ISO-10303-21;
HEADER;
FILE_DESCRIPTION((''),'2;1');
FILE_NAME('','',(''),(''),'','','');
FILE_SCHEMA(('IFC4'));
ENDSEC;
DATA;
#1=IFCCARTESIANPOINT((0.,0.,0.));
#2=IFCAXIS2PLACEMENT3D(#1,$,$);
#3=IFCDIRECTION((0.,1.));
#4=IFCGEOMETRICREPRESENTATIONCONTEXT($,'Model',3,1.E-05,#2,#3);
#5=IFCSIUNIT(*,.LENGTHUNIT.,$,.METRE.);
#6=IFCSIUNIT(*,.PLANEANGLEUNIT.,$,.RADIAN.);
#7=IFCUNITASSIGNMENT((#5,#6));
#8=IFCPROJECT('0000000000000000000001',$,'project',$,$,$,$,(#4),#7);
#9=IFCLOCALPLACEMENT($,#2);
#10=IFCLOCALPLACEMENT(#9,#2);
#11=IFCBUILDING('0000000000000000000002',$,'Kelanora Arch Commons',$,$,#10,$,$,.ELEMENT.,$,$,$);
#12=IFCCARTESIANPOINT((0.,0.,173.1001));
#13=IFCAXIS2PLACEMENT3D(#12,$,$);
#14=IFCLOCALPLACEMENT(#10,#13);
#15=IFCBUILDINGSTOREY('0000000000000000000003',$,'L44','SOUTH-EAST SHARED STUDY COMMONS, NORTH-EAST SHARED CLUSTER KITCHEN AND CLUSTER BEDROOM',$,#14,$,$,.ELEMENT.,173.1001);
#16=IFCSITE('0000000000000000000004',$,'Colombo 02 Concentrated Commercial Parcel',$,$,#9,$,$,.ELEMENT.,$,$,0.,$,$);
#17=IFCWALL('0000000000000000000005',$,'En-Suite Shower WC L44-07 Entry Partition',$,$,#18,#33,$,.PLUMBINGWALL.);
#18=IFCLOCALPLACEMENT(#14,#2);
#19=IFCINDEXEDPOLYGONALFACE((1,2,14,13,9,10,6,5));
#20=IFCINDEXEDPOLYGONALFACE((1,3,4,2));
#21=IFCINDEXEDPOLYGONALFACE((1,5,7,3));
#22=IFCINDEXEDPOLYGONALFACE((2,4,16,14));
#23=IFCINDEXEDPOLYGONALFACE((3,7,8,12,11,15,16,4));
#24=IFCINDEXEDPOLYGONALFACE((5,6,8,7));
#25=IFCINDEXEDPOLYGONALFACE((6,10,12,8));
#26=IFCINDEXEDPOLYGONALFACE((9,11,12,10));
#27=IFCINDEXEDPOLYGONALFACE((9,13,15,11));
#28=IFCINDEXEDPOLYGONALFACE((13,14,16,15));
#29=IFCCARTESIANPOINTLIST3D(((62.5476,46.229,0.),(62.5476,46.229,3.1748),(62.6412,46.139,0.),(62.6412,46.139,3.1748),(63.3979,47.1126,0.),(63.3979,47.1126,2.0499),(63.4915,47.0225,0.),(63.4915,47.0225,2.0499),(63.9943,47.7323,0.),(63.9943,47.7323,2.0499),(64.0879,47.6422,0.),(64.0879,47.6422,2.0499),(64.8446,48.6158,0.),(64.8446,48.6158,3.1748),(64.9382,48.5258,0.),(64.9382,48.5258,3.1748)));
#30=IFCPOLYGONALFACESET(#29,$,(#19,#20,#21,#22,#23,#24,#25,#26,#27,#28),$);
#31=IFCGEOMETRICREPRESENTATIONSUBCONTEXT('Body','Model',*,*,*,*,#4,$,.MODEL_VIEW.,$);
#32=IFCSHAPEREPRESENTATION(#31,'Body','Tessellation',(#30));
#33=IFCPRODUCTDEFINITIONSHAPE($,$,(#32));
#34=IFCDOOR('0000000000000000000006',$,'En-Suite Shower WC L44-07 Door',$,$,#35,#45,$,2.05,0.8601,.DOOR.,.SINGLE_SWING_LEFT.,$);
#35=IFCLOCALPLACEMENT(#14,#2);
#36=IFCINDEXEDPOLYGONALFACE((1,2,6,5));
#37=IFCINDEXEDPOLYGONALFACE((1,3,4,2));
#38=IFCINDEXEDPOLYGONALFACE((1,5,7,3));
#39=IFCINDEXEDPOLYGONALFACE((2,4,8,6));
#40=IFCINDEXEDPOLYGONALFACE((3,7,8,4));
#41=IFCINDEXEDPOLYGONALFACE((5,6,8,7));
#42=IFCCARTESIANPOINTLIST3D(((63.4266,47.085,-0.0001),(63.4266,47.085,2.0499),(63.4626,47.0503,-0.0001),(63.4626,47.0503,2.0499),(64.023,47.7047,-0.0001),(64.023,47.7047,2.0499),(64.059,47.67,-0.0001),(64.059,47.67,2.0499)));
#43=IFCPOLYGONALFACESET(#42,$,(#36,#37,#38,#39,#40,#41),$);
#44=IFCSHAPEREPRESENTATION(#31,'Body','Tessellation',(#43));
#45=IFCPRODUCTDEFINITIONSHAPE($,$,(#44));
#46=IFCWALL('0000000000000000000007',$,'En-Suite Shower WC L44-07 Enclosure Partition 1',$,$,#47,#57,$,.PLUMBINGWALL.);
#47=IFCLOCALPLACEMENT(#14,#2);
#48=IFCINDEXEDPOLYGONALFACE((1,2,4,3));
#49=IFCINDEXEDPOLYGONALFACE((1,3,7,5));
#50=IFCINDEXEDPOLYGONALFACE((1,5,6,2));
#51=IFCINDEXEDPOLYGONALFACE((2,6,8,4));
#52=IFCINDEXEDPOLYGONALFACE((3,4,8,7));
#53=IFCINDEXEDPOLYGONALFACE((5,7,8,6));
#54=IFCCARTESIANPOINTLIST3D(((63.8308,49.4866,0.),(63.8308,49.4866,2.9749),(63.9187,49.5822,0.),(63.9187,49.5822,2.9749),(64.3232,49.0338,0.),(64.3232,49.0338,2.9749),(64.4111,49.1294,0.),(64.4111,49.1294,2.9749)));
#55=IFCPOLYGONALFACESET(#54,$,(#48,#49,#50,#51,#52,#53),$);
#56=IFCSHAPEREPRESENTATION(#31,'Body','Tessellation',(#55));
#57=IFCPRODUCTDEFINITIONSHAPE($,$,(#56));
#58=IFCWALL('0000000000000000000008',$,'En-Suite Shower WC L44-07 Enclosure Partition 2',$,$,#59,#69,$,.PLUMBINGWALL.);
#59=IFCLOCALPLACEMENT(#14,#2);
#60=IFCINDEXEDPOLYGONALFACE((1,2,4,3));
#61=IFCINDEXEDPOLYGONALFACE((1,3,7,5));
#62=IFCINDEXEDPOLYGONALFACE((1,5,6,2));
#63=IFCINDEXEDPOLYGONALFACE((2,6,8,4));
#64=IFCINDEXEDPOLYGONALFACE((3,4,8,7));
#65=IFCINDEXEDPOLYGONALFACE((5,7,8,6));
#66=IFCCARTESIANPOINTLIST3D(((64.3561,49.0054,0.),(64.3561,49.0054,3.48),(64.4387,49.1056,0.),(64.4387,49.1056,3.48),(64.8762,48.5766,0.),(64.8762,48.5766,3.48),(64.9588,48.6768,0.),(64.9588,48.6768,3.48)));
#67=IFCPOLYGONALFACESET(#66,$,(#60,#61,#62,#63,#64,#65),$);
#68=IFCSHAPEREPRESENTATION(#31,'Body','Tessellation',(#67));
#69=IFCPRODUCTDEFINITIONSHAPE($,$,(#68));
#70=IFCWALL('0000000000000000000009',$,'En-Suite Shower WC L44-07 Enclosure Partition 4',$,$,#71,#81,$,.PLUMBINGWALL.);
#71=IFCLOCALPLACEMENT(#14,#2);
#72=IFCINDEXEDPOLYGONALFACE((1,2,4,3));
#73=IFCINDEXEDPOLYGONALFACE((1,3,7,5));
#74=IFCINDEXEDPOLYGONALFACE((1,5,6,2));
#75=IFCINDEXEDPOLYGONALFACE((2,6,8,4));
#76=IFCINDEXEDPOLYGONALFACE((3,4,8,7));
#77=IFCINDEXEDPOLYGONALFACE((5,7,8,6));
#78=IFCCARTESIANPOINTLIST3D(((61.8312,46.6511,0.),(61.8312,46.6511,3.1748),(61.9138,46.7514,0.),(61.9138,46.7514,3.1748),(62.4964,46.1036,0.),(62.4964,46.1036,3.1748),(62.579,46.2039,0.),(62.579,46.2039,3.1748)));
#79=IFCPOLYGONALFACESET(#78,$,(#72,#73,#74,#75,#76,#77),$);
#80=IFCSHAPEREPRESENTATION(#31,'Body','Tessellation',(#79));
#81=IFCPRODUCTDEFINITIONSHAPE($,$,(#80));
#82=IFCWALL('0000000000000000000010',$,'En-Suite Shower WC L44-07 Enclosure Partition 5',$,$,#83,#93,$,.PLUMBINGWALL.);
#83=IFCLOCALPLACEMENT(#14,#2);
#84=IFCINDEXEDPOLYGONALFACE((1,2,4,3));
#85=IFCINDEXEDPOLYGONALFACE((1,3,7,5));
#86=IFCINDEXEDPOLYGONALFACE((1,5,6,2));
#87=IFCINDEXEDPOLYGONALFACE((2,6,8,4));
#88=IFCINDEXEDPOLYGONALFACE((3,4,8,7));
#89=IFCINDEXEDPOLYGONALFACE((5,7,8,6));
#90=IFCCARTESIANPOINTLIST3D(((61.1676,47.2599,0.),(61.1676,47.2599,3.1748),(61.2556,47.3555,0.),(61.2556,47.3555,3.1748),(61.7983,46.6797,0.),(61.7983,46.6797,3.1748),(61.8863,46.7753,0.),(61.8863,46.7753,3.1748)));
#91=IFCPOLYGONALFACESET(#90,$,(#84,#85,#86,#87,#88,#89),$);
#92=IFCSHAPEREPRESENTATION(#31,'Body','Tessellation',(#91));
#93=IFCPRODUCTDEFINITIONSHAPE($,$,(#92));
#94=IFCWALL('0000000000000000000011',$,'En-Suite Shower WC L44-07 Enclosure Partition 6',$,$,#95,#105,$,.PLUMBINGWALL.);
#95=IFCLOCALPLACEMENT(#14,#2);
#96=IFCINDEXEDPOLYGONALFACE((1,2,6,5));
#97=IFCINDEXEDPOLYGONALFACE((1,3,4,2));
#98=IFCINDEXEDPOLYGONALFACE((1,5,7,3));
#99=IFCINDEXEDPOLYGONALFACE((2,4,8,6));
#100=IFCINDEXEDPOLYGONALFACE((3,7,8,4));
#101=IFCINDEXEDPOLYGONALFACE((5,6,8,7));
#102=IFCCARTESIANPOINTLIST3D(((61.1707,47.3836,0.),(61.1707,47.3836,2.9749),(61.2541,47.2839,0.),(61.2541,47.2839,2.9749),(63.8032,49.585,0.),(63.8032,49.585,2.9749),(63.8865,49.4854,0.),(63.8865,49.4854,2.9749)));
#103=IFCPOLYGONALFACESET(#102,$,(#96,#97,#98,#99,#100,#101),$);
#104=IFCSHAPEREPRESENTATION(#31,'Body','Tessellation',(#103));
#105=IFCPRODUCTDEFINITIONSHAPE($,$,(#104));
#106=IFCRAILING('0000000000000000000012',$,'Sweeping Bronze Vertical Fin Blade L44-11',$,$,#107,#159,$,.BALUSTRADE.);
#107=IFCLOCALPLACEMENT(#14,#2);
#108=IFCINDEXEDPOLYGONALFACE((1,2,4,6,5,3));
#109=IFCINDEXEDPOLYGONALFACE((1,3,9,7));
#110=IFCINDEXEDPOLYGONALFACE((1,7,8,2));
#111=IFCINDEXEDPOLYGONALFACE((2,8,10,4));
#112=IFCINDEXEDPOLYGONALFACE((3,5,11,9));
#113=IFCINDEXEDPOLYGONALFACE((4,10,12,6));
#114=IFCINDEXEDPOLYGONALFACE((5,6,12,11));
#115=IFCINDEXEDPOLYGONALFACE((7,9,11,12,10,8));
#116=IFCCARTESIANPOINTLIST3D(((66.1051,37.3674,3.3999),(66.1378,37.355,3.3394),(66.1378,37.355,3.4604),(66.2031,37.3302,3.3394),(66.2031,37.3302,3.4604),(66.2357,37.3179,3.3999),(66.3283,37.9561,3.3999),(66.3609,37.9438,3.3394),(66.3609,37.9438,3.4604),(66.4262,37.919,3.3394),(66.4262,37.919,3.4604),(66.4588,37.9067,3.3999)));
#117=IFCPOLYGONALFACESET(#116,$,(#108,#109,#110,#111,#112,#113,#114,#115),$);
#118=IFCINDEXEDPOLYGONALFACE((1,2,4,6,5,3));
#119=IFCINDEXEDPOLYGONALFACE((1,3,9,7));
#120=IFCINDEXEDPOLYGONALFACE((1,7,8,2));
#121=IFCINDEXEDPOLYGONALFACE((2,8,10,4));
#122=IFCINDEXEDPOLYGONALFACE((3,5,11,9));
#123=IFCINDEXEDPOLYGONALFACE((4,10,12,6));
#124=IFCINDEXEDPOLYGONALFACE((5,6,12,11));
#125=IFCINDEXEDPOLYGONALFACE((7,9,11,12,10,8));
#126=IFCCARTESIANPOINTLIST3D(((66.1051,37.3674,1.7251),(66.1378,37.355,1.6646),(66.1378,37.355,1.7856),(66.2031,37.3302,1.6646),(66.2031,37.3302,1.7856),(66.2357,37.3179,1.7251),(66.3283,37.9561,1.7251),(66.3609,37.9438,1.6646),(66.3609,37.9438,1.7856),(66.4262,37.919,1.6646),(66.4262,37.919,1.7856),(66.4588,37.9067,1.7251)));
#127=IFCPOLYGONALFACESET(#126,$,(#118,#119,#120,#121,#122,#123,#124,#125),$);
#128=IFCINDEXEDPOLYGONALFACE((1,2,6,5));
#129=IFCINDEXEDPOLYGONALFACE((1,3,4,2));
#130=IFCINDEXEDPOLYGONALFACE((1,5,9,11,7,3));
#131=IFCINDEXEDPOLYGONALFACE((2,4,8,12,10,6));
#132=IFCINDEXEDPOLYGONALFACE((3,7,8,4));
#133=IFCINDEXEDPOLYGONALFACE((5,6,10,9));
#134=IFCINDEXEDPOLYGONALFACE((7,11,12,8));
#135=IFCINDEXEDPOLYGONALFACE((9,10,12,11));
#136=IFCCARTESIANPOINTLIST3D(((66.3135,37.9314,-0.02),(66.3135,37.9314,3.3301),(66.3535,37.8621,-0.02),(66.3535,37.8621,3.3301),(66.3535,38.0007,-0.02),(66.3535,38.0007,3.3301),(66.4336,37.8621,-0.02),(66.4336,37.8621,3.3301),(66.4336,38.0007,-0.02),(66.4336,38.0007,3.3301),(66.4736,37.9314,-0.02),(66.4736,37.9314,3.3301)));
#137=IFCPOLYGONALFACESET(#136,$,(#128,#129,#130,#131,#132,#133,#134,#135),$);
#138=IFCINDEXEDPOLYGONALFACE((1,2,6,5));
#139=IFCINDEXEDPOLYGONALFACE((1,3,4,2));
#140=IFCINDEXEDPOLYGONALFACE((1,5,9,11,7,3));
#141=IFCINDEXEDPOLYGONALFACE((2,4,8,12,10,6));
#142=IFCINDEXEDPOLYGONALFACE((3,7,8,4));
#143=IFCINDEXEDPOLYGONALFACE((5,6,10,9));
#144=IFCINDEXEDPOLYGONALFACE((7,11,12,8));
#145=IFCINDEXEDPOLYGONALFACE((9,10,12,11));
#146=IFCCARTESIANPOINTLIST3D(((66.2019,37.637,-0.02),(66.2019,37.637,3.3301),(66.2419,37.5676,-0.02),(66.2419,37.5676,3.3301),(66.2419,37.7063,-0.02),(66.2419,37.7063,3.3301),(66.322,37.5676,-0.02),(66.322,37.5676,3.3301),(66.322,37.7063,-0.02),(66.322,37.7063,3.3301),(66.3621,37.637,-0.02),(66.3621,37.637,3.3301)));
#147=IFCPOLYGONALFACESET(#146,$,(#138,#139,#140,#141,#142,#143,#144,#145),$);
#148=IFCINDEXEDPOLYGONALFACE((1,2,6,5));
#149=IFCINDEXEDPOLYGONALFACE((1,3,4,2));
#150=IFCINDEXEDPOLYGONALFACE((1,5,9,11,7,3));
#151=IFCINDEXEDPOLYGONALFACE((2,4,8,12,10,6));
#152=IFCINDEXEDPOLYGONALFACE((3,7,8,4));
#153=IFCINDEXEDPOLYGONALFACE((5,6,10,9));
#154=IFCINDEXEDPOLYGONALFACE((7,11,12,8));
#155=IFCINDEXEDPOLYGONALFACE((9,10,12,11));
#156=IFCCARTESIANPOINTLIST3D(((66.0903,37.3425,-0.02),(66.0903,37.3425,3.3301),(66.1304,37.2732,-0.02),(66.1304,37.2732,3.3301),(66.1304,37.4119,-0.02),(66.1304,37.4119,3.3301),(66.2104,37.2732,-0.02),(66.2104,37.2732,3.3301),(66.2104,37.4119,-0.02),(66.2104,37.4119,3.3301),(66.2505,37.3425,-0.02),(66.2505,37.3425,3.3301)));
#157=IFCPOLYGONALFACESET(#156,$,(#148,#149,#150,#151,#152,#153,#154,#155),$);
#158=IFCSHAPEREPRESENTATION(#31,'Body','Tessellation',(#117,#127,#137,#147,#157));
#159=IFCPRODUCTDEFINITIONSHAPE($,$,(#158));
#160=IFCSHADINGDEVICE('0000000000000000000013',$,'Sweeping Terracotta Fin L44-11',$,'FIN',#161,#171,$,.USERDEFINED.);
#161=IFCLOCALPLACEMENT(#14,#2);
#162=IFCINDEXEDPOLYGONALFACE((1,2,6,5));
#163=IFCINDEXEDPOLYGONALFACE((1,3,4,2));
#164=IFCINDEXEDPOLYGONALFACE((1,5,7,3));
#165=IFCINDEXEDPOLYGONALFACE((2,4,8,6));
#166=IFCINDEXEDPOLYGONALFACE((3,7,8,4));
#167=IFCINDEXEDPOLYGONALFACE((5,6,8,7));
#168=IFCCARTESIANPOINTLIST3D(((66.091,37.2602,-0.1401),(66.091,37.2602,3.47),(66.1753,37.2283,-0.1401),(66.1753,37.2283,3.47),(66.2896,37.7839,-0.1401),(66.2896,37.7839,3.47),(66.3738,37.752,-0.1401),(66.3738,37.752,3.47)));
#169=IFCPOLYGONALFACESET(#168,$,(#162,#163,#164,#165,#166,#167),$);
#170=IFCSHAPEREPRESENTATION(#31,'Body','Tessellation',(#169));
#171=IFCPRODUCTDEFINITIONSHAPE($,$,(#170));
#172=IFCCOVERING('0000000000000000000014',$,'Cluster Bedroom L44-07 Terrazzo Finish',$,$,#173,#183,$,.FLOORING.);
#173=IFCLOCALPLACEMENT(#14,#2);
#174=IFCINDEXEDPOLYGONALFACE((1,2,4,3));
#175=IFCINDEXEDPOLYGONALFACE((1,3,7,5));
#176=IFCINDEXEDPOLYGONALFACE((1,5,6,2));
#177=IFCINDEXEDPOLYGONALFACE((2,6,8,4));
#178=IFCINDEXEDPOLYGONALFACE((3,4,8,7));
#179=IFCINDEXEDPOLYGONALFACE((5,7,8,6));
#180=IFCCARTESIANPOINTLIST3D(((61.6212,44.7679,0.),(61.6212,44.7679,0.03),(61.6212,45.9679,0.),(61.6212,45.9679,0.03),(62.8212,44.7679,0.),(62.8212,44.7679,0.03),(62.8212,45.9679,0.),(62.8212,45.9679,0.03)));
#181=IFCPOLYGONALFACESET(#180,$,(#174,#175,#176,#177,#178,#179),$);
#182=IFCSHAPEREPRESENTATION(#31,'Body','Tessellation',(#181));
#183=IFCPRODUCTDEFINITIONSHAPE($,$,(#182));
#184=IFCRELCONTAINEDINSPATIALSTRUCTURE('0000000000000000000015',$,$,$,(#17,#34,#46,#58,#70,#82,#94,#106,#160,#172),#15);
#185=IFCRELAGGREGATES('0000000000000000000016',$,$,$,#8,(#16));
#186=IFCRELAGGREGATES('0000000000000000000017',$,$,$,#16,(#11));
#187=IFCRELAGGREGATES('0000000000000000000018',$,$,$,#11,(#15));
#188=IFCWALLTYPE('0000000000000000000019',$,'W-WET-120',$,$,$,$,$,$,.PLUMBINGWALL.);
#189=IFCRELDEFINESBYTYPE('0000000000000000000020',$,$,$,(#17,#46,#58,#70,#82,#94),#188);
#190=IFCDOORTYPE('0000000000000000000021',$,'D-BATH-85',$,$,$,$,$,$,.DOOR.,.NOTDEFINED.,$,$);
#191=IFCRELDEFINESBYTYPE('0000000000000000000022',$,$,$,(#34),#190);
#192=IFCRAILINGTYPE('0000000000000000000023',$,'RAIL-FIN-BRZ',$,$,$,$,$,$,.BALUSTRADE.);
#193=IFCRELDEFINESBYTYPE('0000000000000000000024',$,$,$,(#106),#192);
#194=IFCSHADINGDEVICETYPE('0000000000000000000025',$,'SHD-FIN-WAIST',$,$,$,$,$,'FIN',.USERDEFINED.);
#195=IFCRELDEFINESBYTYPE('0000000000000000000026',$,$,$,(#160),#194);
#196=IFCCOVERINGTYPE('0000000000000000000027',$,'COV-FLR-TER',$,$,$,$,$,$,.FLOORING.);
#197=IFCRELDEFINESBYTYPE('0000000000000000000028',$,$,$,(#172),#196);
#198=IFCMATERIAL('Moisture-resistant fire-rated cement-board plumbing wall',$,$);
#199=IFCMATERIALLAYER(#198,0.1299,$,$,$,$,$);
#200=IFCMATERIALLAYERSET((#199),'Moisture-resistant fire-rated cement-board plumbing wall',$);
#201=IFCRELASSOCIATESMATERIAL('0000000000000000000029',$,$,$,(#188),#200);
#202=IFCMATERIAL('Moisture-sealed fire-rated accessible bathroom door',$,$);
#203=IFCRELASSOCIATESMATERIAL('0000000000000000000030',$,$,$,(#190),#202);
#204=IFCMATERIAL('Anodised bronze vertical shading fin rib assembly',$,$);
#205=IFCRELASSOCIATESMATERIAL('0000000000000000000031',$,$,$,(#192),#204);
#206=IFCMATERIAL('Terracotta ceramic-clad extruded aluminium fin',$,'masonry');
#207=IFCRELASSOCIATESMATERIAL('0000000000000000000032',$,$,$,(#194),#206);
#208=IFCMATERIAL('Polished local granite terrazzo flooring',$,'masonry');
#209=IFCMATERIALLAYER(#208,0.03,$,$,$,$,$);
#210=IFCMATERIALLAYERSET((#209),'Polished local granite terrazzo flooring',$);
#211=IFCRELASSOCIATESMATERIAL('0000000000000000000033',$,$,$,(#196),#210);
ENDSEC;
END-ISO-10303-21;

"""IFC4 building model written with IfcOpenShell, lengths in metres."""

from ifc_helpers import new_model, si_unit, direction, frame, frame_2d, origin, origin_2d, place, context, subcontext, project, spatial, polyline, rectangle, outline, extrude, source, transform, mapped, material, layer, layer_set, type_object, element, fill, save


model = new_model("IFC4")

# Units and contexts
model_context = context("Model", 3, precision=1e-05, world=origin(), true_north=direction((0.0, 1.0)))
body_context = subcontext(model_context, "Body", "Model", "MODEL_VIEW")
ifc_project = project(units=[si_unit("LENGTHUNIT", "METRE"), si_unit("PLANEANGLEUNIT", "RADIAN")], contexts=[model_context])

# Site, building, storey
site_placement = place(None, origin())
site = spatial("IfcSite", under=ifc_project, at=site_placement, Name="Colombo 02 Concentrated Commercial Parcel", CompositionType="ELEMENT", RefElevation=0.0)
building_placement = place(site_placement, origin())
building = spatial("IfcBuilding", under=site, at=building_placement, Name="Kelanora Arch Commons", CompositionType="ELEMENT")
storey_placement = place(building_placement, frame((0.0, 0.0, 173.1001)))
storey = spatial("IfcBuildingStorey", under=building, at=storey_placement, Name="L44", Description="SOUTH-EAST SHARED STUDY COMMONS, NORTH-EAST SHARED CLUSTER KITCHEN AND CLUSTER BEDROOM", CompositionType="ELEMENT", Elevation=173.1001)

# Wall, opening, door
ifc_material_1 = material(Name="Moisture-resistant fire-rated cement-board plumbing wall")
ifc_layer_1 = layer(ifc_material_1, 0.1299)
ifc_layer_set_1 = layer_set([ifc_layer_1], Name="Moisture-resistant fire-rated cement-board plumbing wall")
wall_type_1 = type_object("IfcWallType", Name="W-WET-120", PredefinedType="PLUMBINGWALL", material=ifc_layer_set_1)
wall_1_placement = place(storey_placement, frame((64.8914, 48.5708, 0.0), z_axis=(0.0, 0.0, 1.0), x_axis=(-0.693415, -0.720538, 0.0)))
wall_1 = element("IfcWall", 1, at=wall_1_placement, inside=storey, type_object=wall_type_1, Name="En-Suite Shower WC L44-07 Entry Partition", PredefinedType="PLUMBINGWALL", context=body_context, shape_type="SweptSolid", body=[
    extrude(rectangle(XDim=3.3125, YDim=0.1299, at=frame_2d((1.6562, 0.0))), origin(), (0.0, 0.0, 1.0), 3.1748),
])
opening_1_placement = place(wall_1_placement, frame((1.2261, 0.0, 0.0)))
opening_1 = element("IfcOpeningElement", 2, at=opening_1_placement, cuts=wall_1, PredefinedType="OPENING", context=body_context, shape_type="SweptSolid", body=[
    extrude(rectangle(XDim=0.8601, YDim=2.05, at=frame_2d((0.4302, 1.0249))), frame((0.0, 0.075, 0.0), z_axis=(0.0, -1.0, 0.0), x_axis=(1.0, 0.0, 0.0)), (0.0, 0.0, 1.0), 0.1499),
])
ifc_material_2 = material(Name="Moisture-sealed fire-rated accessible bathroom door")
door_type_1 = type_object("IfcDoorType", Name="D-BATH-85", OperationType="NOTDEFINED", PredefinedType="DOOR", material=ifc_material_2)
door_1_placement = place(opening_1_placement, origin())
door_1 = element("IfcDoor", 3, at=door_1_placement, inside=storey, type_object=door_type_1, Name="En-Suite Shower WC L44-07 Door", OperationType="SINGLE_SWING_LEFT", OverallHeight=2.05, OverallWidth=0.8601, PredefinedType="DOOR", context=body_context, shape_type="SweptSolid", body=[
    extrude(rectangle(XDim=0.8601, YDim=2.05, at=frame_2d((0.4302, 1.0249))), frame((0.0, 0.0249, 0.0), z_axis=(0.0, -1.0, 0.0), x_axis=(1.0, 0.0, 0.0)), (0.0, 0.0, 1.0), 0.05),
])
fill(opening_1, door_1)

# Walls
wall_2_placement = place(storey_placement, frame((63.8748, 49.5344, 0.0), z_axis=(0.0, 0.0, 1.0), x_axis=(0.736047, -0.67693, 0.0)))
element("IfcWall", 4, at=wall_2_placement, inside=storey, type_object=wall_type_1, Name="En-Suite Shower WC L44-07 Enclosure Partition 1", PredefinedType="PLUMBINGWALL", context=body_context, shape_type="SweptSolid", body=[
    extrude(rectangle(XDim=0.6689, YDim=0.1299, at=frame_2d((0.3345, 0.0))), origin(), (0.0, 0.0, 1.0), 2.9749),
])
wall_3_placement = place(storey_placement, frame((64.3975, 49.0554, 0.0), z_axis=(0.0, 0.0, 1.0), x_axis=(0.771596, -0.636113, 0.0)))
element("IfcWall", 5, at=wall_3_placement, inside=storey, type_object=wall_type_1, Name="En-Suite Shower WC L44-07 Enclosure Partition 2", PredefinedType="PLUMBINGWALL", context=body_context, shape_type="SweptSolid", body=[
    extrude(rectangle(XDim=0.6741, YDim=0.1299, at=frame_2d((0.3369, 0.0))), origin(), (0.0, 0.0, 1.0), 3.48),
])
wall_4_placement = place(storey_placement, frame((62.5376, 46.1538, 0.0), z_axis=(0.0, 0.0, 1.0), x_axis=(-0.772086, 0.635519, 0.0)))
element("IfcWall", 6, at=wall_4_placement, inside=storey, type_object=wall_type_1, Name="En-Suite Shower WC L44-07 Enclosure Partition 4", PredefinedType="PLUMBINGWALL", context=body_context, shape_type="SweptSolid", body=[
    extrude(rectangle(XDim=0.8616, YDim=0.1299, at=frame_2d((0.4307, 0.0))), origin(), (0.0, 0.0, 1.0), 3.1748),
])
wall_5_placement = place(storey_placement, frame((61.8423, 46.7275, 0.0), z_axis=(0.0, 0.0, 1.0), x_axis=(-0.735982, 0.677001, 0.0)))
element("IfcWall", 7, at=wall_5_placement, inside=storey, type_object=wall_type_1, Name="En-Suite Shower WC L44-07 Enclosure Partition 5", PredefinedType="PLUMBINGWALL", context=body_context, shape_type="SweptSolid", body=[
    extrude(rectangle(XDim=0.8569, YDim=0.1299, at=frame_2d((0.4285, 0.0))), origin(), (0.0, 0.0, 1.0), 3.1748),
])
wall_6_placement = place(storey_placement, frame((61.2124, 47.3337, 0.0), z_axis=(0.0, 0.0, 1.0), x_axis=(0.7671, 0.641527, 0.0)))
element("IfcWall", 8, at=wall_6_placement, inside=storey, type_object=wall_type_1, Name="En-Suite Shower WC L44-07 Enclosure Partition 6", PredefinedType="PLUMBINGWALL", context=body_context, shape_type="SweptSolid", body=[
    extrude(rectangle(XDim=3.4316, YDim=0.1299, at=frame_2d((1.7158, 0.0))), origin(), (0.0, 0.0, 1.0), 2.9749),
])

# Railing
ifc_material_3 = material(Name="Anodised bronze vertical shading fin rib assembly")
railing_type = type_object("IfcRailingType", Name="RAIL-FIN-BRZ", PredefinedType="BALUSTRADE", material=ifc_material_3)
railing_placement = place(storey_placement, frame((66.3936, 37.9314, -0.02)))
element("IfcRailing", 9, at=railing_placement, inside=storey, type_object=railing_type, Name="Sweeping Bronze Vertical Fin Blade L44-11", PredefinedType="BALUSTRADE", context=body_context, shape_type="SweptSolid", body=[
    extrude(outline(polyline([(0.0698, 0.0), (0.0349, 0.0605), (-0.0349, 0.0605), (-0.0698, 0.0), (-0.0349, -0.0605), (0.0349, -0.0605), (0.0698, 0.0)])), frame((0.0, 0.0, 3.4199), z_axis=(-0.35435, -0.935113, 0.0), x_axis=(0.935113, -0.35435, 0.0)), (0.0, 0.0, 1.0), 0.6296),
    extrude(outline(polyline([(0.0698, 0.0), (0.0349, 0.0605), (-0.0349, 0.0605), (-0.0698, 0.0), (-0.0349, -0.0605), (0.0349, -0.0605), (0.0698, 0.0)])), frame((0.0, 0.0, 1.7451), z_axis=(-0.35435, -0.935113, 0.0), x_axis=(0.935113, -0.35435, 0.0)), (0.0, 0.0, 1.0), 0.6296),
    extrude(outline(polyline([(0.0801, 0.0), (0.04, 0.0693), (-0.04, 0.0693), (-0.0801, 0.0), (-0.04, -0.0693), (0.04, -0.0693), (0.0801, 0.0)])), origin(), (0.0, 0.0, 1.0), 3.3501),
    extrude(outline(polyline([(0.0801, 0.0), (0.04, 0.0693), (-0.04, 0.0693), (-0.0801, 0.0), (-0.04, -0.0693), (0.04, -0.0693), (0.0801, 0.0)])), frame((-0.1116, -0.2944, 0.0)), (0.0, 0.0, 1.0), 3.3501),
    extrude(outline(polyline([(0.0801, 0.0), (0.04, 0.0693), (-0.04, 0.0693), (-0.0801, 0.0), (-0.04, -0.0693), (0.04, -0.0693), (0.0801, 0.0)])), frame((-0.2231, -0.5889, 0.0)), (0.0, 0.0, 1.0), 3.3501),
])

# Shading device
ifc_material_4 = material(Name="Terracotta ceramic-clad extruded aluminium fin", Category="masonry")
shading_device_type = type_object("IfcShadingDeviceType", Name="SHD-FIN-WAIST", ElementType="FIN", PredefinedType="USERDEFINED", material=ifc_material_4)
shared_shape_1 = source(origin(), body_context, "Body", "SweptSolid", [
    extrude(rectangle(XDim=0.5601, YDim=0.0901, at=origin_2d()), origin(), (0.0, 0.0, 1.0), 3.6101),
])
shading_device_placement = place(storey_placement, frame((66.2324, 37.5061, -0.1401), z_axis=(0.0, 0.0, 1.0), x_axis=(-0.354454, -0.935073, 0.0)))
element("IfcShadingDevice", 10, at=shading_device_placement, inside=storey, type_object=shading_device_type, Name="Sweeping Terracotta Fin L44-11", ObjectType="FIN", PredefinedType="USERDEFINED", context=body_context, shape_type="MappedRepresentation", body=[
    mapped(shared_shape_1, transform((0.0, 0.0, 0.0), scale=1.0)),
])

# Covering
ifc_material_5 = material(Name="Polished local granite terrazzo flooring", Category="masonry")
ifc_layer_2 = layer(ifc_material_5, 0.03)
ifc_layer_set_2 = layer_set([ifc_layer_2], Name="Polished local granite terrazzo flooring")
covering_type = type_object("IfcCoveringType", Name="COV-FLR-TER", PredefinedType="FLOORING", material=ifc_layer_set_2)
shared_shape_2 = source(origin(), body_context, "Body", "SweptSolid", [
    extrude(rectangle(XDim=1.2, YDim=1.2, at=origin_2d()), origin(), (0.0, 0.0, 1.0), 0.03),
])
covering_placement = place(storey_placement, frame((62.2212, 45.3679, 0.0), z_axis=(0.0, 0.0, 1.0), x_axis=(1.0, 0.0, 0.0)))
element("IfcCovering", 11, at=covering_placement, inside=storey, type_object=covering_type, Name="Cluster Bedroom L44-07 Terrazzo Finish", PredefinedType="FLOORING", context=body_context, shape_type="MappedRepresentation", body=[
    mapped(shared_shape_2, transform((0.0, 0.0, 0.0), scale=1.0)),
])

save(model, "model.ifc")
